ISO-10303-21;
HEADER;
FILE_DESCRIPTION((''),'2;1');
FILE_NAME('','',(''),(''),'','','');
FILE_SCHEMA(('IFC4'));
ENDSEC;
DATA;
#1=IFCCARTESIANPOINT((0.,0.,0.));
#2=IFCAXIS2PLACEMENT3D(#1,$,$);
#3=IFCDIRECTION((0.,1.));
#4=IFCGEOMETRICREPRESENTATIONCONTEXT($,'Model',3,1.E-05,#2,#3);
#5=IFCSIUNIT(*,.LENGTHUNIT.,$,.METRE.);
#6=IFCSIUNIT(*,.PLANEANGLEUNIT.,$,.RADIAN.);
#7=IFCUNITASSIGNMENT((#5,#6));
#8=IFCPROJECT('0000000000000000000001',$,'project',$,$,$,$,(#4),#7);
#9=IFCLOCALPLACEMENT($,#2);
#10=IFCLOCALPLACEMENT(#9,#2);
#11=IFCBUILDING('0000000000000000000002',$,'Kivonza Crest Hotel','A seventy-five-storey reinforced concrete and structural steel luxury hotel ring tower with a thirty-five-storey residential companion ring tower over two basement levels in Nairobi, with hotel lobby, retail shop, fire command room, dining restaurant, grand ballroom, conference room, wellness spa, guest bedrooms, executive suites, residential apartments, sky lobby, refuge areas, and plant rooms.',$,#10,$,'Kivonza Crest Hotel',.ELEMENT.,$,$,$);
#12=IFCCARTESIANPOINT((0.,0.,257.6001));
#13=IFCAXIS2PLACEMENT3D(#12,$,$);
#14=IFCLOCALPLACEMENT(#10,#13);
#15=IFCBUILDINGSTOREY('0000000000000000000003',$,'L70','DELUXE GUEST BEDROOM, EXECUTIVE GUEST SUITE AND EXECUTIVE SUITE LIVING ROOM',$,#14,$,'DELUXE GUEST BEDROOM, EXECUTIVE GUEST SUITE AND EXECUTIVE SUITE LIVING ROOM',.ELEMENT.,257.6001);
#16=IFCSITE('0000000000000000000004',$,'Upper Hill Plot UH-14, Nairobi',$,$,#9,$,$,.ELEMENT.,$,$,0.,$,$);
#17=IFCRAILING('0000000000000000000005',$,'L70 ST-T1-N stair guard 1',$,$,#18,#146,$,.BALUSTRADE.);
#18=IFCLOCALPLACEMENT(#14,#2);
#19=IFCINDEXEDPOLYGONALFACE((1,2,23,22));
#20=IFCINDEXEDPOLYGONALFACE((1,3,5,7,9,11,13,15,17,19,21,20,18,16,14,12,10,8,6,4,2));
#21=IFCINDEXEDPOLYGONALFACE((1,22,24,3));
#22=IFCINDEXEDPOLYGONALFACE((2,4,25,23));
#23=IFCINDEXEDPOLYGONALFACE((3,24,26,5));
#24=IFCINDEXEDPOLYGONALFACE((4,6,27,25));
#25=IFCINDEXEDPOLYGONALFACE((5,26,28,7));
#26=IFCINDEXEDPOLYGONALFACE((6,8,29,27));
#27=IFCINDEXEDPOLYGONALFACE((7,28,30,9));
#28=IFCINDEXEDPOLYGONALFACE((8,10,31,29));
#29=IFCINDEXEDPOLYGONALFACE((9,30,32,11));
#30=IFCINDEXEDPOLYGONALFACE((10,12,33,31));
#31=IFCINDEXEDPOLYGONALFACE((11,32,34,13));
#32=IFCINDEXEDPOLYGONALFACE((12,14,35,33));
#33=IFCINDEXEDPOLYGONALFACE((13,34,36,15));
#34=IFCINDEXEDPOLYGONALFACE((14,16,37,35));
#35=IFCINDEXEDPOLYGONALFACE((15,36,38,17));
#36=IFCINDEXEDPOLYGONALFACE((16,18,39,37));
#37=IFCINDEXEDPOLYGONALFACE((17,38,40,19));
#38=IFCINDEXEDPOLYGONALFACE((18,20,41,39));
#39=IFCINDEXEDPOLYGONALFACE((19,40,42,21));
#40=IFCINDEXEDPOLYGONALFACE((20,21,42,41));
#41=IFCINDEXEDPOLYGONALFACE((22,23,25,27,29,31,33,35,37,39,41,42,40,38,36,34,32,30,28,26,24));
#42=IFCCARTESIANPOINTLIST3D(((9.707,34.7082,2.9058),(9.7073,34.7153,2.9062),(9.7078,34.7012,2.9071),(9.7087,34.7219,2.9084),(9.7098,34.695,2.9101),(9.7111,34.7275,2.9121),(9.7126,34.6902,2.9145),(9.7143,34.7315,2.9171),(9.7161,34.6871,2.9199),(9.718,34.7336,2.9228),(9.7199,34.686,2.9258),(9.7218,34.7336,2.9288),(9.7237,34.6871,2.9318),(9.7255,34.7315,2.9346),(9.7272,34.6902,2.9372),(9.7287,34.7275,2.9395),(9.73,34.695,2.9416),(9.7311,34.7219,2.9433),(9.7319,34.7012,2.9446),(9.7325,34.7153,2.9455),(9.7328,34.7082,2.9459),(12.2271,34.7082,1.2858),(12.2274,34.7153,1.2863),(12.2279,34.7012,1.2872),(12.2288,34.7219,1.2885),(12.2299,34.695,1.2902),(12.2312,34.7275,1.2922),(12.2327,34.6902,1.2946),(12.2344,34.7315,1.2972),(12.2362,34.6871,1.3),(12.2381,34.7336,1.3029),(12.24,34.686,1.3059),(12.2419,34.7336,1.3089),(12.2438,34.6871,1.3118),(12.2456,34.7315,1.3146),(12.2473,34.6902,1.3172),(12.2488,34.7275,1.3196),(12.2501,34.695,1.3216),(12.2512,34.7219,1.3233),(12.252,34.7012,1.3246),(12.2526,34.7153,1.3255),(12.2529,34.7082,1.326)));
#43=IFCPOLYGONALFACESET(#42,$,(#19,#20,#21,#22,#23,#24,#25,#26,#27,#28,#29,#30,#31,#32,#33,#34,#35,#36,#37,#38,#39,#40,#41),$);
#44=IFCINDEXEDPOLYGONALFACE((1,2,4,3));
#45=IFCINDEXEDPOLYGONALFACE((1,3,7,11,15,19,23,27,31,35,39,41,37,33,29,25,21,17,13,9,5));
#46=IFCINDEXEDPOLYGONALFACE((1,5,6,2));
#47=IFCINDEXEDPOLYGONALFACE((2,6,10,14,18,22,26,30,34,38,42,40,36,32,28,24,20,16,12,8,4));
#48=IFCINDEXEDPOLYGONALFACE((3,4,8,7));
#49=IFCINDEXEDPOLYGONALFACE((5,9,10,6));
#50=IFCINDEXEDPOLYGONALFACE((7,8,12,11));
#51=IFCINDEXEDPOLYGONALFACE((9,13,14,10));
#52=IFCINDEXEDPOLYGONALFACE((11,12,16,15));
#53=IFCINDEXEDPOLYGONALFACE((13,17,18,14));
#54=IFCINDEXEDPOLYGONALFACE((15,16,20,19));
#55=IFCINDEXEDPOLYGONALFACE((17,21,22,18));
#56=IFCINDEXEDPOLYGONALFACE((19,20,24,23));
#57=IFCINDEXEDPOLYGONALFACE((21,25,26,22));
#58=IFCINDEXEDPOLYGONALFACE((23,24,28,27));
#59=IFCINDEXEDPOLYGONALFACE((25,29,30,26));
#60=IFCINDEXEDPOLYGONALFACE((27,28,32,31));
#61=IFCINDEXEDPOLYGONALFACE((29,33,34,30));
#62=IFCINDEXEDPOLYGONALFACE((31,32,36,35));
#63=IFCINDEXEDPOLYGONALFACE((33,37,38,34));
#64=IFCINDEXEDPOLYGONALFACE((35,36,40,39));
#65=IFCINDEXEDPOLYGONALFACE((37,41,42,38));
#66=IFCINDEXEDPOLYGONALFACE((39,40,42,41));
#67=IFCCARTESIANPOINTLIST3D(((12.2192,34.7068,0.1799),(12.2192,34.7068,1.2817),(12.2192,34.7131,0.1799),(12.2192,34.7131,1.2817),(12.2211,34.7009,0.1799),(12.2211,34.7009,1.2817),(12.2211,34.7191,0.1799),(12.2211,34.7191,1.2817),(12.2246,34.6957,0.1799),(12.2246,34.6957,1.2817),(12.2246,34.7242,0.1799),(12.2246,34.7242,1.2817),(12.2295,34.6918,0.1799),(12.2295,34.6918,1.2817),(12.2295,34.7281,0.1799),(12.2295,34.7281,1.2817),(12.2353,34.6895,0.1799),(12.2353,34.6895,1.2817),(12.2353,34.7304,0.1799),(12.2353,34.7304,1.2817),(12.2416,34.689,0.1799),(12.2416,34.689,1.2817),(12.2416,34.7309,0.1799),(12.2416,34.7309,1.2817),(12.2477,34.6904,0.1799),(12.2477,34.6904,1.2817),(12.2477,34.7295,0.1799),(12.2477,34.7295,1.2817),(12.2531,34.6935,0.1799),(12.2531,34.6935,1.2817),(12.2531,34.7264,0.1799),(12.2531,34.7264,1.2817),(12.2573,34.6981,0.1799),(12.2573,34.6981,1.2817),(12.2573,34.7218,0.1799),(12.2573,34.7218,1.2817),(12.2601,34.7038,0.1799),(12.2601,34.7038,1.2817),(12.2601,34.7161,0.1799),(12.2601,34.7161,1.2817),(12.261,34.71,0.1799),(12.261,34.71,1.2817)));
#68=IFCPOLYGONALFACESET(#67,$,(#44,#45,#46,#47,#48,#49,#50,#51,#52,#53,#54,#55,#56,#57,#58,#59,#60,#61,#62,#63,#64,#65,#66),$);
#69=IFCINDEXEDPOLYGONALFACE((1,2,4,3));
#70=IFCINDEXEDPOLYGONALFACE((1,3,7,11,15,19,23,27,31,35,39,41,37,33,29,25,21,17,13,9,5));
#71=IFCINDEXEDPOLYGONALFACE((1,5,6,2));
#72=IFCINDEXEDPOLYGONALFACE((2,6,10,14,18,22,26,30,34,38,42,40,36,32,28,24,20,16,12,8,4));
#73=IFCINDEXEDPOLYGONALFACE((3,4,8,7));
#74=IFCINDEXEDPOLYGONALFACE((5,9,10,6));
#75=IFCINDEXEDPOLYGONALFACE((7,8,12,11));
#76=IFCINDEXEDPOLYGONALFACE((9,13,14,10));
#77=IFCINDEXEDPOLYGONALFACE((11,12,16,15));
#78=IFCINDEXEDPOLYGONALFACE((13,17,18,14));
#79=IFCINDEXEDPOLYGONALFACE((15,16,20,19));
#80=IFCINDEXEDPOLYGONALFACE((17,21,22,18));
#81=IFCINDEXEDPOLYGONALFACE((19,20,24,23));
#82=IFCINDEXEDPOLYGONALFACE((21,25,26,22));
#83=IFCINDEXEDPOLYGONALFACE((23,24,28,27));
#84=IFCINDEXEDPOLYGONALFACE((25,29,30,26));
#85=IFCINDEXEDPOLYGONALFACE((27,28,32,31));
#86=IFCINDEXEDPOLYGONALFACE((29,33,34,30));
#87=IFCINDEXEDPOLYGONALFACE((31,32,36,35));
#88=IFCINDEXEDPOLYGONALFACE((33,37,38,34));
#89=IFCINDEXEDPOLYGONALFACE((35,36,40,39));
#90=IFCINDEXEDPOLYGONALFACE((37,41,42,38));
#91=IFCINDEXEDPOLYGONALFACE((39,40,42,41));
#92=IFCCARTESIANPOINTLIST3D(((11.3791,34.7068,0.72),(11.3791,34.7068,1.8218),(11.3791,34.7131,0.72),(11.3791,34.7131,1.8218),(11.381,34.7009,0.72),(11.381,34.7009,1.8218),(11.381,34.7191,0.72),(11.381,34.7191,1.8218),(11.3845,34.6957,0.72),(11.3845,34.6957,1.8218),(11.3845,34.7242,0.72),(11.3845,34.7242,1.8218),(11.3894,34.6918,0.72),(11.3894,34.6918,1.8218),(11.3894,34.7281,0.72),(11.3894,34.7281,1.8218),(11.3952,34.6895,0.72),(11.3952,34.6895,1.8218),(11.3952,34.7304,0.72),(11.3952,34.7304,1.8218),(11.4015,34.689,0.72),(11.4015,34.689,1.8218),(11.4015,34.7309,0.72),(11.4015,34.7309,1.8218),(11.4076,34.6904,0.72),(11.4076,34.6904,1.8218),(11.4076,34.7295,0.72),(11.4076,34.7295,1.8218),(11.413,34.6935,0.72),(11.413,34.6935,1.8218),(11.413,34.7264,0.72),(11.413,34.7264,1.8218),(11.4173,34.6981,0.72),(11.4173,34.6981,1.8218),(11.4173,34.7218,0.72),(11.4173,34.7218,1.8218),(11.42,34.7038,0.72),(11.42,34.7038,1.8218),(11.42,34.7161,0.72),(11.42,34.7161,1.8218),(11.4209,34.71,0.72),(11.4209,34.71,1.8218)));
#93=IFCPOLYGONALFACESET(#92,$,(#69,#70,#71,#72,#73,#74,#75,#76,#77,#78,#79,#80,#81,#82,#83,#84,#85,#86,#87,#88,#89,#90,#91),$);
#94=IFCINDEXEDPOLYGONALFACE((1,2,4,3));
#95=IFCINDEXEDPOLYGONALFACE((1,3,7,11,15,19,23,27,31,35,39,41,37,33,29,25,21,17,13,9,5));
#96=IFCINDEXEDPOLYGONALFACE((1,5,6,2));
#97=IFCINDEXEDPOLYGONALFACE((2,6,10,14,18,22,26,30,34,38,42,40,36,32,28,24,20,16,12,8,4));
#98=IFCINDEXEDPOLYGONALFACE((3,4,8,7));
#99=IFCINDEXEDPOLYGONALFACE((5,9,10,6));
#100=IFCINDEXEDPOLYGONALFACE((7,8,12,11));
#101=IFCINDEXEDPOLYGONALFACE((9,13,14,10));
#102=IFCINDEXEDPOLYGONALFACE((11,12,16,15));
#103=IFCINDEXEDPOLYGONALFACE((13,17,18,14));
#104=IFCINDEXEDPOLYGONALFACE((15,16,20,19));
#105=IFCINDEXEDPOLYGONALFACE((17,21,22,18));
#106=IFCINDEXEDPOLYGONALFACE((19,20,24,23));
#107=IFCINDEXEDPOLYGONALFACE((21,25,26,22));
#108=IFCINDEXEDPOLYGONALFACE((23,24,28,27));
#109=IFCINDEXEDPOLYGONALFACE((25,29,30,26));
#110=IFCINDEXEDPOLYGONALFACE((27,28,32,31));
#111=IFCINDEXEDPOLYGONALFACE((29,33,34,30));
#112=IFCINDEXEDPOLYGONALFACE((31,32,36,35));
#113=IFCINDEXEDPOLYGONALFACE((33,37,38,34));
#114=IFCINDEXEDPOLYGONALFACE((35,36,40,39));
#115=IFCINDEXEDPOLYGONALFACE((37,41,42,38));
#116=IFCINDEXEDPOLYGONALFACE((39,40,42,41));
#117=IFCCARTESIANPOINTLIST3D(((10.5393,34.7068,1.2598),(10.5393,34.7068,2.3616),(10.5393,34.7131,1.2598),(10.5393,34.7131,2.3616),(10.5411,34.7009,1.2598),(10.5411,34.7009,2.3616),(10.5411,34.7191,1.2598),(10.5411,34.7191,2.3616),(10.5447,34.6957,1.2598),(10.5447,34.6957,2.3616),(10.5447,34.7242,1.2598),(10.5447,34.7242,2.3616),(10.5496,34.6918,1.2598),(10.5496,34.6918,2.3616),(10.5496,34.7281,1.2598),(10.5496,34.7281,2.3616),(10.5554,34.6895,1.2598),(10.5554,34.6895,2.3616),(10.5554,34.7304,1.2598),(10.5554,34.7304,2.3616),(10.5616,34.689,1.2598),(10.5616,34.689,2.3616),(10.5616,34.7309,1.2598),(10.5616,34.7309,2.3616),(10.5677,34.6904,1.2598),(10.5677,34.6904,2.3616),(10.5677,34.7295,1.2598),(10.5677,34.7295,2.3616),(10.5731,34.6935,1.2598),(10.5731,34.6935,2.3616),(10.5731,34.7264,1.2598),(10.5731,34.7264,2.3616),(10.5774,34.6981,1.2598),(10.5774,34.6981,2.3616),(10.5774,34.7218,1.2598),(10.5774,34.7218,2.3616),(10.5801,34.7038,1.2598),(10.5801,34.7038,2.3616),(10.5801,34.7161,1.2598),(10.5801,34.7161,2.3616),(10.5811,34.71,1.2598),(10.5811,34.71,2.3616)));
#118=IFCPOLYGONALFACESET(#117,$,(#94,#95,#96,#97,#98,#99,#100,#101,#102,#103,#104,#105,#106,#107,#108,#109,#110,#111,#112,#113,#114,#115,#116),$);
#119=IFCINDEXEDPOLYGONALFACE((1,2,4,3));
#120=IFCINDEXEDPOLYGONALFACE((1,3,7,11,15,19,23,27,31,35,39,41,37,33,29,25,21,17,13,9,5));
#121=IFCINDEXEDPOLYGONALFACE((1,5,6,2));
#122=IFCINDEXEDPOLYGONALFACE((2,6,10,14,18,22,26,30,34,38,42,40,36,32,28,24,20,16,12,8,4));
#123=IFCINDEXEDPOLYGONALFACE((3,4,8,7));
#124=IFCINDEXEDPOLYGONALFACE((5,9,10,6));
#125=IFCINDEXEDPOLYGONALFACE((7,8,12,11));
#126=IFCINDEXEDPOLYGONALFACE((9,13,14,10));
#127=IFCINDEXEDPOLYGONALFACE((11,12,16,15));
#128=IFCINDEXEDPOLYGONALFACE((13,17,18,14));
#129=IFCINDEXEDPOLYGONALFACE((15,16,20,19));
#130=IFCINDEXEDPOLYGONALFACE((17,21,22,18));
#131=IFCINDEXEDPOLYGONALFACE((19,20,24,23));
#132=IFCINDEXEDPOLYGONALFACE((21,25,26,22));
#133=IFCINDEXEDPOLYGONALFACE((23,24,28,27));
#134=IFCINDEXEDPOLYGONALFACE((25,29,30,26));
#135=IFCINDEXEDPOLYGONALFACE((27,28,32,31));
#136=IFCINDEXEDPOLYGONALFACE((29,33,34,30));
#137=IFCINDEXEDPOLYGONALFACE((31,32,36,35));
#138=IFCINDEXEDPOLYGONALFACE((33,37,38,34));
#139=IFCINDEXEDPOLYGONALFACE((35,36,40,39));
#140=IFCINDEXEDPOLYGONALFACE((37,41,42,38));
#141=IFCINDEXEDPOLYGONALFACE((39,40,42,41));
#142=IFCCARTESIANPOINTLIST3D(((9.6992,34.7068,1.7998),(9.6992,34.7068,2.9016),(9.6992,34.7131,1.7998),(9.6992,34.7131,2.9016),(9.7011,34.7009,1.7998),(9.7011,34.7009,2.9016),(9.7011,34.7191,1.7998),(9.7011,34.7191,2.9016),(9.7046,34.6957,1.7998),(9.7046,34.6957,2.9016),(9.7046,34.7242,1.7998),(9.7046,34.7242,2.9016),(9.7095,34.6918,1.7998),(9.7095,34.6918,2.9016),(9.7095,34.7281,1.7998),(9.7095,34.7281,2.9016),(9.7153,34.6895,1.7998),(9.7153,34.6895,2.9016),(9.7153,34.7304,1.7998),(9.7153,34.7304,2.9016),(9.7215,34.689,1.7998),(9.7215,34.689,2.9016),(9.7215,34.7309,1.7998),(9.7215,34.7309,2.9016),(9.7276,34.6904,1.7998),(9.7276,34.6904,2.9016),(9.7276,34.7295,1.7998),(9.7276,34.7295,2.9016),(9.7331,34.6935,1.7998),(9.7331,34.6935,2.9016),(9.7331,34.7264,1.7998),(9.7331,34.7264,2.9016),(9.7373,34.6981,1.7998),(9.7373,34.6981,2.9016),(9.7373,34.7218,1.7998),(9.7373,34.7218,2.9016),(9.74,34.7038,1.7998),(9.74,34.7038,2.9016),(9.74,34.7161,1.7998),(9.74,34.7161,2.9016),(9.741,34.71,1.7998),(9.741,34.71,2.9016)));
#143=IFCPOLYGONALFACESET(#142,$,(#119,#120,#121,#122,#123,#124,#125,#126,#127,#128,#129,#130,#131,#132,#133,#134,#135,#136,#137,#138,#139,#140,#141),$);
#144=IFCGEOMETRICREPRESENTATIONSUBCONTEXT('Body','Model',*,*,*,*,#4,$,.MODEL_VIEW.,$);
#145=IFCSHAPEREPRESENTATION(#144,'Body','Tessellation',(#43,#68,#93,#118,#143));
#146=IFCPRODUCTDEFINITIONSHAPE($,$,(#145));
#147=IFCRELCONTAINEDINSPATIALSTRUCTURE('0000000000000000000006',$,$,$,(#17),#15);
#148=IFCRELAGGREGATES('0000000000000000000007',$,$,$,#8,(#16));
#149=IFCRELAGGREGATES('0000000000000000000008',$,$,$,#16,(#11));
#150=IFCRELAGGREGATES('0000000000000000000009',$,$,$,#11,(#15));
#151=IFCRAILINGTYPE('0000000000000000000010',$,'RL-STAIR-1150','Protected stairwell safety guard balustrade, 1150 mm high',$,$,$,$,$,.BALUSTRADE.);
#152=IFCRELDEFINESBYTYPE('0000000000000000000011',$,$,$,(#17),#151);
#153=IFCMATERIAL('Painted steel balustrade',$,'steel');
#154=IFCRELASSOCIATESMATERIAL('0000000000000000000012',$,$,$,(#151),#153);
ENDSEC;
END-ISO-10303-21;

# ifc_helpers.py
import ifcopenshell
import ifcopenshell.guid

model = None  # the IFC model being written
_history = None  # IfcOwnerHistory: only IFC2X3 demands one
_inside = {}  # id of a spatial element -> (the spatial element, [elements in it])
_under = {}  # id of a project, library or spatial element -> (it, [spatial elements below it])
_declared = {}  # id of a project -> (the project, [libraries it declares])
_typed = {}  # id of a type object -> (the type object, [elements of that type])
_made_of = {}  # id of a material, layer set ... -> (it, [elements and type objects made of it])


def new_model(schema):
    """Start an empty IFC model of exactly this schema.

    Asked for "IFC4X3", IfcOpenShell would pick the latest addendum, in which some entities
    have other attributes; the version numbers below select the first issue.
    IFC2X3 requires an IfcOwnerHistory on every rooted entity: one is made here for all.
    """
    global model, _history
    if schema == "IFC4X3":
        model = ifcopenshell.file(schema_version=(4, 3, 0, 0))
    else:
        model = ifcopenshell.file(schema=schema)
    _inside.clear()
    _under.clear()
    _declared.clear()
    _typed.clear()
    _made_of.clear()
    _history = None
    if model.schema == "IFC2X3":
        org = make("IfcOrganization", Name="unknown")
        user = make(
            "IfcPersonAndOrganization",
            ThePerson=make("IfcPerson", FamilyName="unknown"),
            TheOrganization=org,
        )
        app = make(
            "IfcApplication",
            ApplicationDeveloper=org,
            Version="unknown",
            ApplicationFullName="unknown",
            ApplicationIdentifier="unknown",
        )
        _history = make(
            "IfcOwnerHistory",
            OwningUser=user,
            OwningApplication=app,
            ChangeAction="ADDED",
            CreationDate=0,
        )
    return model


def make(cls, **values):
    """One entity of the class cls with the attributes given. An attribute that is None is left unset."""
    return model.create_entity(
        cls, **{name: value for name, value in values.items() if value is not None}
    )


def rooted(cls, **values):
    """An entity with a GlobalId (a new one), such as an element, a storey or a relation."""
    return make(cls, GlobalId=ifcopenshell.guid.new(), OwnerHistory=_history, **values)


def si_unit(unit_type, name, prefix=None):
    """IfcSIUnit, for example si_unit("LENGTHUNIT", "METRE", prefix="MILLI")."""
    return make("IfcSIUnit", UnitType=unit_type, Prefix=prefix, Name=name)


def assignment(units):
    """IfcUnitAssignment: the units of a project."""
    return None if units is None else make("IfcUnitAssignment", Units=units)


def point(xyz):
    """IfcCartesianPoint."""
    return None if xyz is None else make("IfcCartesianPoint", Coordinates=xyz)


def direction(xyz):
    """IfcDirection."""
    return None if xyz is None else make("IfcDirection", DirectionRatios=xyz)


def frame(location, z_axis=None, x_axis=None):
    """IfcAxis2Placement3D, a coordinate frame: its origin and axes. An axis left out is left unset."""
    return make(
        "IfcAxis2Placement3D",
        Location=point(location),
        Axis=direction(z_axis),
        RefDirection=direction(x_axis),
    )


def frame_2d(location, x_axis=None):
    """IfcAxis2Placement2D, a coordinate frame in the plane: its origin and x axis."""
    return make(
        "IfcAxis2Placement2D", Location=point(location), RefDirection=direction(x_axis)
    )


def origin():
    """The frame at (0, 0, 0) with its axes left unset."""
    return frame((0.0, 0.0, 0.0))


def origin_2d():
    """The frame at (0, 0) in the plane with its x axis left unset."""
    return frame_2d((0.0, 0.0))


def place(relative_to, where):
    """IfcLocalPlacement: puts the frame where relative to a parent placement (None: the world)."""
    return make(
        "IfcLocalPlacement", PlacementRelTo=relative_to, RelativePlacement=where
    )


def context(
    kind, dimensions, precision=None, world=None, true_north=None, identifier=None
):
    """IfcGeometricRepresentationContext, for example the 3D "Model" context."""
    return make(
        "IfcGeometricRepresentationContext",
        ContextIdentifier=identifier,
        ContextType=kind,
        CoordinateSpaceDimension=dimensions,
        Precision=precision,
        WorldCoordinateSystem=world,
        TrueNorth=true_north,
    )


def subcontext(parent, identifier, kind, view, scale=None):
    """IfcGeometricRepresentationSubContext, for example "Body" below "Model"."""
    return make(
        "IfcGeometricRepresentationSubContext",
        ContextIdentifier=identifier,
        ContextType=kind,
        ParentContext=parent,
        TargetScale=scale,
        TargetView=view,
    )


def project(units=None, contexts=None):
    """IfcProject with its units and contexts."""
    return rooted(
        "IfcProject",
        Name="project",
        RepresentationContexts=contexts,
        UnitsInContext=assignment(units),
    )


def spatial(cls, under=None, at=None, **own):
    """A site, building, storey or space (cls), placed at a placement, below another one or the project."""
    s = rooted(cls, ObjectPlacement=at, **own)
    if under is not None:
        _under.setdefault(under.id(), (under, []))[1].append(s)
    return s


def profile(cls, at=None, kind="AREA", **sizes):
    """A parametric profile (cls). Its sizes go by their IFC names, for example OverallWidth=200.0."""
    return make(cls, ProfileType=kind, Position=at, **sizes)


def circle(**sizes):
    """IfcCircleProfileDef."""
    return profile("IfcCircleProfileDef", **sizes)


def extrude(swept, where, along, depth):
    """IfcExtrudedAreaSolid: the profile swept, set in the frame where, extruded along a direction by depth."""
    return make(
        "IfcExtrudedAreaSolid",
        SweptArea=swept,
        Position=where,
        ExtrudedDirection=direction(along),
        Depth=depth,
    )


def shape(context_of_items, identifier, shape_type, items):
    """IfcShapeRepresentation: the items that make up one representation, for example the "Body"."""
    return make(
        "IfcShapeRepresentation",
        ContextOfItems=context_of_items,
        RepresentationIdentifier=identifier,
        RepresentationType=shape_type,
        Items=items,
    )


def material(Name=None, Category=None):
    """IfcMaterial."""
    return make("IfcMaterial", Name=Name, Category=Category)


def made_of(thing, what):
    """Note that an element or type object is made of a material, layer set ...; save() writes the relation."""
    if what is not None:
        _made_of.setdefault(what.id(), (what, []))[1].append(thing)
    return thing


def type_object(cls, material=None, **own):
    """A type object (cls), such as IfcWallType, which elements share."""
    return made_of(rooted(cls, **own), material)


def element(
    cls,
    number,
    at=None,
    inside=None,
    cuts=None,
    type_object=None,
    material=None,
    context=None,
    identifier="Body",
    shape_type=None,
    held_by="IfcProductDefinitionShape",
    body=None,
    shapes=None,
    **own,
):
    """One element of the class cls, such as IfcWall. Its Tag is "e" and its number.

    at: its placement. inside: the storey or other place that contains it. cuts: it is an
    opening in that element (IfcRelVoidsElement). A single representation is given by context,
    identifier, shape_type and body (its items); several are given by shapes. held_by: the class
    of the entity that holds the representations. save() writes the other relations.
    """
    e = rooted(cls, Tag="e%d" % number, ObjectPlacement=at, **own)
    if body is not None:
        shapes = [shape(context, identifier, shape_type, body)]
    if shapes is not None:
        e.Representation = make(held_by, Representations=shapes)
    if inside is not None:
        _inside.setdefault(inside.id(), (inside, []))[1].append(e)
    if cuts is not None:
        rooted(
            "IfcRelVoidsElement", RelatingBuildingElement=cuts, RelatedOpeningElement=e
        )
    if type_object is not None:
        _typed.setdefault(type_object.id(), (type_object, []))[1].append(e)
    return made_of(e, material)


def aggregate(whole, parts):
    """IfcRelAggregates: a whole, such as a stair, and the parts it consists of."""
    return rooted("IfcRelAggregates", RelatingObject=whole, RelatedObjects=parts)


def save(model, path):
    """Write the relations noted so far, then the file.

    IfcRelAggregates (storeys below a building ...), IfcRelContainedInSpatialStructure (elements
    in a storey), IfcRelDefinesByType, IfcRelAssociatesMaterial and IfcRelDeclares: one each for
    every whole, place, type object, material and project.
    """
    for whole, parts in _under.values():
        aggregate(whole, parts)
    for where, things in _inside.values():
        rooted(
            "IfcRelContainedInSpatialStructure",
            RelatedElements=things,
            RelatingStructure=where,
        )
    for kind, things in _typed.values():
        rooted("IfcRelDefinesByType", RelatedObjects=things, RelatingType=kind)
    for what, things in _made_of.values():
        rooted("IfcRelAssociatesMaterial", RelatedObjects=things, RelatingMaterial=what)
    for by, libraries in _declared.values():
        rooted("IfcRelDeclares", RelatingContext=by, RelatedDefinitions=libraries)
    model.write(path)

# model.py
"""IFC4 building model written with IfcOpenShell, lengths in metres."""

from ifc_helpers import new_model, si_unit, direction, frame, origin, origin_2d, place, context, subcontext, project, spatial, circle, extrude, material, type_object, element, save


model = new_model("IFC4")

# Units and contexts
model_context = context("Model", 3, precision=1e-05, world=origin(), true_north=direction((0.0, 1.0)))
body_context = subcontext(model_context, "Body", "Model", "MODEL_VIEW")
ifc_project = project(units=[si_unit("LENGTHUNIT", "METRE"), si_unit("PLANEANGLEUNIT", "RADIAN")], contexts=[model_context])

# Site, building, storey
site_placement = place(None, origin())
site = spatial("IfcSite", under=ifc_project, at=site_placement, Name="Upper Hill Plot UH-14, Nairobi", CompositionType="ELEMENT", RefElevation=0.0)
building_placement = place(site_placement, origin())
building = spatial("IfcBuilding", under=site, at=building_placement, Name="Kivonza Crest Hotel", Description="A seventy-five-storey reinforced concrete and structural steel luxury hotel ring tower with a thirty-five-storey residential companion ring tower over two basement levels in Nairobi, with hotel lobby, retail shop, fire command room, dining restaurant, grand ballroom, conference room, wellness spa, guest bedrooms, executive suites, residential apartments, sky lobby, refuge areas, and plant rooms.", LongName="Kivonza Crest Hotel", CompositionType="ELEMENT")
storey_placement = place(building_placement, frame((0.0, 0.0, 257.6001)))
storey = spatial("IfcBuildingStorey", under=building, at=storey_placement, Name="L70", Description="DELUXE GUEST BEDROOM, EXECUTIVE GUEST SUITE AND EXECUTIVE SUITE LIVING ROOM", LongName="DELUXE GUEST BEDROOM, EXECUTIVE GUEST SUITE AND EXECUTIVE SUITE LIVING ROOM", CompositionType="ELEMENT", Elevation=257.6001)

# Railing
ifc_material_1 = material(Name="Painted steel balustrade", Category="steel")
railing_type_1 = type_object("IfcRailingType", Name="RL-STAIR-1150", Description="Protected stairwell safety guard balustrade, 1150 mm high", PredefinedType="BALUSTRADE", material=ifc_material_1)
railing_1_placement = place(storey_placement, frame((12.24, 34.71, 0.1799)))
element("IfcRailing", 1, at=railing_1_placement, inside=storey, type_object=railing_type_1, Name="L70 ST-T1-N stair guard 1", PredefinedType="BALUSTRADE", context=body_context, shape_type="SweptSolid", body=[
    extrude(circle(Radius=0.0239, at=origin_2d()), frame((0.0, 0.0, 1.126), z_axis=(-0.8412, 0.0, 0.540725), x_axis=(0.0, -1.0, 0.0)), (0.0, 0.0, 1.0), 2.9958),
    extrude(circle(Radius=0.021, at=origin_2d()), origin(), (0.0, 0.0, 1.0), 1.1018),
    extrude(circle(Radius=0.021, at=origin_2d()), frame((-0.8401, 0.0, 0.54)), (0.0, 0.0, 1.0), 1.1018),
    extrude(circle(Radius=0.021, at=origin_2d()), frame((-1.6799, 0.0, 1.0798)), (0.0, 0.0, 1.0), 1.1018),
    extrude(circle(Radius=0.021, at=origin_2d()), frame((-2.52, 0.0, 1.6199)), (0.0, 0.0, 1.0), 1.1018),
])

save(model, "model.ifc")
